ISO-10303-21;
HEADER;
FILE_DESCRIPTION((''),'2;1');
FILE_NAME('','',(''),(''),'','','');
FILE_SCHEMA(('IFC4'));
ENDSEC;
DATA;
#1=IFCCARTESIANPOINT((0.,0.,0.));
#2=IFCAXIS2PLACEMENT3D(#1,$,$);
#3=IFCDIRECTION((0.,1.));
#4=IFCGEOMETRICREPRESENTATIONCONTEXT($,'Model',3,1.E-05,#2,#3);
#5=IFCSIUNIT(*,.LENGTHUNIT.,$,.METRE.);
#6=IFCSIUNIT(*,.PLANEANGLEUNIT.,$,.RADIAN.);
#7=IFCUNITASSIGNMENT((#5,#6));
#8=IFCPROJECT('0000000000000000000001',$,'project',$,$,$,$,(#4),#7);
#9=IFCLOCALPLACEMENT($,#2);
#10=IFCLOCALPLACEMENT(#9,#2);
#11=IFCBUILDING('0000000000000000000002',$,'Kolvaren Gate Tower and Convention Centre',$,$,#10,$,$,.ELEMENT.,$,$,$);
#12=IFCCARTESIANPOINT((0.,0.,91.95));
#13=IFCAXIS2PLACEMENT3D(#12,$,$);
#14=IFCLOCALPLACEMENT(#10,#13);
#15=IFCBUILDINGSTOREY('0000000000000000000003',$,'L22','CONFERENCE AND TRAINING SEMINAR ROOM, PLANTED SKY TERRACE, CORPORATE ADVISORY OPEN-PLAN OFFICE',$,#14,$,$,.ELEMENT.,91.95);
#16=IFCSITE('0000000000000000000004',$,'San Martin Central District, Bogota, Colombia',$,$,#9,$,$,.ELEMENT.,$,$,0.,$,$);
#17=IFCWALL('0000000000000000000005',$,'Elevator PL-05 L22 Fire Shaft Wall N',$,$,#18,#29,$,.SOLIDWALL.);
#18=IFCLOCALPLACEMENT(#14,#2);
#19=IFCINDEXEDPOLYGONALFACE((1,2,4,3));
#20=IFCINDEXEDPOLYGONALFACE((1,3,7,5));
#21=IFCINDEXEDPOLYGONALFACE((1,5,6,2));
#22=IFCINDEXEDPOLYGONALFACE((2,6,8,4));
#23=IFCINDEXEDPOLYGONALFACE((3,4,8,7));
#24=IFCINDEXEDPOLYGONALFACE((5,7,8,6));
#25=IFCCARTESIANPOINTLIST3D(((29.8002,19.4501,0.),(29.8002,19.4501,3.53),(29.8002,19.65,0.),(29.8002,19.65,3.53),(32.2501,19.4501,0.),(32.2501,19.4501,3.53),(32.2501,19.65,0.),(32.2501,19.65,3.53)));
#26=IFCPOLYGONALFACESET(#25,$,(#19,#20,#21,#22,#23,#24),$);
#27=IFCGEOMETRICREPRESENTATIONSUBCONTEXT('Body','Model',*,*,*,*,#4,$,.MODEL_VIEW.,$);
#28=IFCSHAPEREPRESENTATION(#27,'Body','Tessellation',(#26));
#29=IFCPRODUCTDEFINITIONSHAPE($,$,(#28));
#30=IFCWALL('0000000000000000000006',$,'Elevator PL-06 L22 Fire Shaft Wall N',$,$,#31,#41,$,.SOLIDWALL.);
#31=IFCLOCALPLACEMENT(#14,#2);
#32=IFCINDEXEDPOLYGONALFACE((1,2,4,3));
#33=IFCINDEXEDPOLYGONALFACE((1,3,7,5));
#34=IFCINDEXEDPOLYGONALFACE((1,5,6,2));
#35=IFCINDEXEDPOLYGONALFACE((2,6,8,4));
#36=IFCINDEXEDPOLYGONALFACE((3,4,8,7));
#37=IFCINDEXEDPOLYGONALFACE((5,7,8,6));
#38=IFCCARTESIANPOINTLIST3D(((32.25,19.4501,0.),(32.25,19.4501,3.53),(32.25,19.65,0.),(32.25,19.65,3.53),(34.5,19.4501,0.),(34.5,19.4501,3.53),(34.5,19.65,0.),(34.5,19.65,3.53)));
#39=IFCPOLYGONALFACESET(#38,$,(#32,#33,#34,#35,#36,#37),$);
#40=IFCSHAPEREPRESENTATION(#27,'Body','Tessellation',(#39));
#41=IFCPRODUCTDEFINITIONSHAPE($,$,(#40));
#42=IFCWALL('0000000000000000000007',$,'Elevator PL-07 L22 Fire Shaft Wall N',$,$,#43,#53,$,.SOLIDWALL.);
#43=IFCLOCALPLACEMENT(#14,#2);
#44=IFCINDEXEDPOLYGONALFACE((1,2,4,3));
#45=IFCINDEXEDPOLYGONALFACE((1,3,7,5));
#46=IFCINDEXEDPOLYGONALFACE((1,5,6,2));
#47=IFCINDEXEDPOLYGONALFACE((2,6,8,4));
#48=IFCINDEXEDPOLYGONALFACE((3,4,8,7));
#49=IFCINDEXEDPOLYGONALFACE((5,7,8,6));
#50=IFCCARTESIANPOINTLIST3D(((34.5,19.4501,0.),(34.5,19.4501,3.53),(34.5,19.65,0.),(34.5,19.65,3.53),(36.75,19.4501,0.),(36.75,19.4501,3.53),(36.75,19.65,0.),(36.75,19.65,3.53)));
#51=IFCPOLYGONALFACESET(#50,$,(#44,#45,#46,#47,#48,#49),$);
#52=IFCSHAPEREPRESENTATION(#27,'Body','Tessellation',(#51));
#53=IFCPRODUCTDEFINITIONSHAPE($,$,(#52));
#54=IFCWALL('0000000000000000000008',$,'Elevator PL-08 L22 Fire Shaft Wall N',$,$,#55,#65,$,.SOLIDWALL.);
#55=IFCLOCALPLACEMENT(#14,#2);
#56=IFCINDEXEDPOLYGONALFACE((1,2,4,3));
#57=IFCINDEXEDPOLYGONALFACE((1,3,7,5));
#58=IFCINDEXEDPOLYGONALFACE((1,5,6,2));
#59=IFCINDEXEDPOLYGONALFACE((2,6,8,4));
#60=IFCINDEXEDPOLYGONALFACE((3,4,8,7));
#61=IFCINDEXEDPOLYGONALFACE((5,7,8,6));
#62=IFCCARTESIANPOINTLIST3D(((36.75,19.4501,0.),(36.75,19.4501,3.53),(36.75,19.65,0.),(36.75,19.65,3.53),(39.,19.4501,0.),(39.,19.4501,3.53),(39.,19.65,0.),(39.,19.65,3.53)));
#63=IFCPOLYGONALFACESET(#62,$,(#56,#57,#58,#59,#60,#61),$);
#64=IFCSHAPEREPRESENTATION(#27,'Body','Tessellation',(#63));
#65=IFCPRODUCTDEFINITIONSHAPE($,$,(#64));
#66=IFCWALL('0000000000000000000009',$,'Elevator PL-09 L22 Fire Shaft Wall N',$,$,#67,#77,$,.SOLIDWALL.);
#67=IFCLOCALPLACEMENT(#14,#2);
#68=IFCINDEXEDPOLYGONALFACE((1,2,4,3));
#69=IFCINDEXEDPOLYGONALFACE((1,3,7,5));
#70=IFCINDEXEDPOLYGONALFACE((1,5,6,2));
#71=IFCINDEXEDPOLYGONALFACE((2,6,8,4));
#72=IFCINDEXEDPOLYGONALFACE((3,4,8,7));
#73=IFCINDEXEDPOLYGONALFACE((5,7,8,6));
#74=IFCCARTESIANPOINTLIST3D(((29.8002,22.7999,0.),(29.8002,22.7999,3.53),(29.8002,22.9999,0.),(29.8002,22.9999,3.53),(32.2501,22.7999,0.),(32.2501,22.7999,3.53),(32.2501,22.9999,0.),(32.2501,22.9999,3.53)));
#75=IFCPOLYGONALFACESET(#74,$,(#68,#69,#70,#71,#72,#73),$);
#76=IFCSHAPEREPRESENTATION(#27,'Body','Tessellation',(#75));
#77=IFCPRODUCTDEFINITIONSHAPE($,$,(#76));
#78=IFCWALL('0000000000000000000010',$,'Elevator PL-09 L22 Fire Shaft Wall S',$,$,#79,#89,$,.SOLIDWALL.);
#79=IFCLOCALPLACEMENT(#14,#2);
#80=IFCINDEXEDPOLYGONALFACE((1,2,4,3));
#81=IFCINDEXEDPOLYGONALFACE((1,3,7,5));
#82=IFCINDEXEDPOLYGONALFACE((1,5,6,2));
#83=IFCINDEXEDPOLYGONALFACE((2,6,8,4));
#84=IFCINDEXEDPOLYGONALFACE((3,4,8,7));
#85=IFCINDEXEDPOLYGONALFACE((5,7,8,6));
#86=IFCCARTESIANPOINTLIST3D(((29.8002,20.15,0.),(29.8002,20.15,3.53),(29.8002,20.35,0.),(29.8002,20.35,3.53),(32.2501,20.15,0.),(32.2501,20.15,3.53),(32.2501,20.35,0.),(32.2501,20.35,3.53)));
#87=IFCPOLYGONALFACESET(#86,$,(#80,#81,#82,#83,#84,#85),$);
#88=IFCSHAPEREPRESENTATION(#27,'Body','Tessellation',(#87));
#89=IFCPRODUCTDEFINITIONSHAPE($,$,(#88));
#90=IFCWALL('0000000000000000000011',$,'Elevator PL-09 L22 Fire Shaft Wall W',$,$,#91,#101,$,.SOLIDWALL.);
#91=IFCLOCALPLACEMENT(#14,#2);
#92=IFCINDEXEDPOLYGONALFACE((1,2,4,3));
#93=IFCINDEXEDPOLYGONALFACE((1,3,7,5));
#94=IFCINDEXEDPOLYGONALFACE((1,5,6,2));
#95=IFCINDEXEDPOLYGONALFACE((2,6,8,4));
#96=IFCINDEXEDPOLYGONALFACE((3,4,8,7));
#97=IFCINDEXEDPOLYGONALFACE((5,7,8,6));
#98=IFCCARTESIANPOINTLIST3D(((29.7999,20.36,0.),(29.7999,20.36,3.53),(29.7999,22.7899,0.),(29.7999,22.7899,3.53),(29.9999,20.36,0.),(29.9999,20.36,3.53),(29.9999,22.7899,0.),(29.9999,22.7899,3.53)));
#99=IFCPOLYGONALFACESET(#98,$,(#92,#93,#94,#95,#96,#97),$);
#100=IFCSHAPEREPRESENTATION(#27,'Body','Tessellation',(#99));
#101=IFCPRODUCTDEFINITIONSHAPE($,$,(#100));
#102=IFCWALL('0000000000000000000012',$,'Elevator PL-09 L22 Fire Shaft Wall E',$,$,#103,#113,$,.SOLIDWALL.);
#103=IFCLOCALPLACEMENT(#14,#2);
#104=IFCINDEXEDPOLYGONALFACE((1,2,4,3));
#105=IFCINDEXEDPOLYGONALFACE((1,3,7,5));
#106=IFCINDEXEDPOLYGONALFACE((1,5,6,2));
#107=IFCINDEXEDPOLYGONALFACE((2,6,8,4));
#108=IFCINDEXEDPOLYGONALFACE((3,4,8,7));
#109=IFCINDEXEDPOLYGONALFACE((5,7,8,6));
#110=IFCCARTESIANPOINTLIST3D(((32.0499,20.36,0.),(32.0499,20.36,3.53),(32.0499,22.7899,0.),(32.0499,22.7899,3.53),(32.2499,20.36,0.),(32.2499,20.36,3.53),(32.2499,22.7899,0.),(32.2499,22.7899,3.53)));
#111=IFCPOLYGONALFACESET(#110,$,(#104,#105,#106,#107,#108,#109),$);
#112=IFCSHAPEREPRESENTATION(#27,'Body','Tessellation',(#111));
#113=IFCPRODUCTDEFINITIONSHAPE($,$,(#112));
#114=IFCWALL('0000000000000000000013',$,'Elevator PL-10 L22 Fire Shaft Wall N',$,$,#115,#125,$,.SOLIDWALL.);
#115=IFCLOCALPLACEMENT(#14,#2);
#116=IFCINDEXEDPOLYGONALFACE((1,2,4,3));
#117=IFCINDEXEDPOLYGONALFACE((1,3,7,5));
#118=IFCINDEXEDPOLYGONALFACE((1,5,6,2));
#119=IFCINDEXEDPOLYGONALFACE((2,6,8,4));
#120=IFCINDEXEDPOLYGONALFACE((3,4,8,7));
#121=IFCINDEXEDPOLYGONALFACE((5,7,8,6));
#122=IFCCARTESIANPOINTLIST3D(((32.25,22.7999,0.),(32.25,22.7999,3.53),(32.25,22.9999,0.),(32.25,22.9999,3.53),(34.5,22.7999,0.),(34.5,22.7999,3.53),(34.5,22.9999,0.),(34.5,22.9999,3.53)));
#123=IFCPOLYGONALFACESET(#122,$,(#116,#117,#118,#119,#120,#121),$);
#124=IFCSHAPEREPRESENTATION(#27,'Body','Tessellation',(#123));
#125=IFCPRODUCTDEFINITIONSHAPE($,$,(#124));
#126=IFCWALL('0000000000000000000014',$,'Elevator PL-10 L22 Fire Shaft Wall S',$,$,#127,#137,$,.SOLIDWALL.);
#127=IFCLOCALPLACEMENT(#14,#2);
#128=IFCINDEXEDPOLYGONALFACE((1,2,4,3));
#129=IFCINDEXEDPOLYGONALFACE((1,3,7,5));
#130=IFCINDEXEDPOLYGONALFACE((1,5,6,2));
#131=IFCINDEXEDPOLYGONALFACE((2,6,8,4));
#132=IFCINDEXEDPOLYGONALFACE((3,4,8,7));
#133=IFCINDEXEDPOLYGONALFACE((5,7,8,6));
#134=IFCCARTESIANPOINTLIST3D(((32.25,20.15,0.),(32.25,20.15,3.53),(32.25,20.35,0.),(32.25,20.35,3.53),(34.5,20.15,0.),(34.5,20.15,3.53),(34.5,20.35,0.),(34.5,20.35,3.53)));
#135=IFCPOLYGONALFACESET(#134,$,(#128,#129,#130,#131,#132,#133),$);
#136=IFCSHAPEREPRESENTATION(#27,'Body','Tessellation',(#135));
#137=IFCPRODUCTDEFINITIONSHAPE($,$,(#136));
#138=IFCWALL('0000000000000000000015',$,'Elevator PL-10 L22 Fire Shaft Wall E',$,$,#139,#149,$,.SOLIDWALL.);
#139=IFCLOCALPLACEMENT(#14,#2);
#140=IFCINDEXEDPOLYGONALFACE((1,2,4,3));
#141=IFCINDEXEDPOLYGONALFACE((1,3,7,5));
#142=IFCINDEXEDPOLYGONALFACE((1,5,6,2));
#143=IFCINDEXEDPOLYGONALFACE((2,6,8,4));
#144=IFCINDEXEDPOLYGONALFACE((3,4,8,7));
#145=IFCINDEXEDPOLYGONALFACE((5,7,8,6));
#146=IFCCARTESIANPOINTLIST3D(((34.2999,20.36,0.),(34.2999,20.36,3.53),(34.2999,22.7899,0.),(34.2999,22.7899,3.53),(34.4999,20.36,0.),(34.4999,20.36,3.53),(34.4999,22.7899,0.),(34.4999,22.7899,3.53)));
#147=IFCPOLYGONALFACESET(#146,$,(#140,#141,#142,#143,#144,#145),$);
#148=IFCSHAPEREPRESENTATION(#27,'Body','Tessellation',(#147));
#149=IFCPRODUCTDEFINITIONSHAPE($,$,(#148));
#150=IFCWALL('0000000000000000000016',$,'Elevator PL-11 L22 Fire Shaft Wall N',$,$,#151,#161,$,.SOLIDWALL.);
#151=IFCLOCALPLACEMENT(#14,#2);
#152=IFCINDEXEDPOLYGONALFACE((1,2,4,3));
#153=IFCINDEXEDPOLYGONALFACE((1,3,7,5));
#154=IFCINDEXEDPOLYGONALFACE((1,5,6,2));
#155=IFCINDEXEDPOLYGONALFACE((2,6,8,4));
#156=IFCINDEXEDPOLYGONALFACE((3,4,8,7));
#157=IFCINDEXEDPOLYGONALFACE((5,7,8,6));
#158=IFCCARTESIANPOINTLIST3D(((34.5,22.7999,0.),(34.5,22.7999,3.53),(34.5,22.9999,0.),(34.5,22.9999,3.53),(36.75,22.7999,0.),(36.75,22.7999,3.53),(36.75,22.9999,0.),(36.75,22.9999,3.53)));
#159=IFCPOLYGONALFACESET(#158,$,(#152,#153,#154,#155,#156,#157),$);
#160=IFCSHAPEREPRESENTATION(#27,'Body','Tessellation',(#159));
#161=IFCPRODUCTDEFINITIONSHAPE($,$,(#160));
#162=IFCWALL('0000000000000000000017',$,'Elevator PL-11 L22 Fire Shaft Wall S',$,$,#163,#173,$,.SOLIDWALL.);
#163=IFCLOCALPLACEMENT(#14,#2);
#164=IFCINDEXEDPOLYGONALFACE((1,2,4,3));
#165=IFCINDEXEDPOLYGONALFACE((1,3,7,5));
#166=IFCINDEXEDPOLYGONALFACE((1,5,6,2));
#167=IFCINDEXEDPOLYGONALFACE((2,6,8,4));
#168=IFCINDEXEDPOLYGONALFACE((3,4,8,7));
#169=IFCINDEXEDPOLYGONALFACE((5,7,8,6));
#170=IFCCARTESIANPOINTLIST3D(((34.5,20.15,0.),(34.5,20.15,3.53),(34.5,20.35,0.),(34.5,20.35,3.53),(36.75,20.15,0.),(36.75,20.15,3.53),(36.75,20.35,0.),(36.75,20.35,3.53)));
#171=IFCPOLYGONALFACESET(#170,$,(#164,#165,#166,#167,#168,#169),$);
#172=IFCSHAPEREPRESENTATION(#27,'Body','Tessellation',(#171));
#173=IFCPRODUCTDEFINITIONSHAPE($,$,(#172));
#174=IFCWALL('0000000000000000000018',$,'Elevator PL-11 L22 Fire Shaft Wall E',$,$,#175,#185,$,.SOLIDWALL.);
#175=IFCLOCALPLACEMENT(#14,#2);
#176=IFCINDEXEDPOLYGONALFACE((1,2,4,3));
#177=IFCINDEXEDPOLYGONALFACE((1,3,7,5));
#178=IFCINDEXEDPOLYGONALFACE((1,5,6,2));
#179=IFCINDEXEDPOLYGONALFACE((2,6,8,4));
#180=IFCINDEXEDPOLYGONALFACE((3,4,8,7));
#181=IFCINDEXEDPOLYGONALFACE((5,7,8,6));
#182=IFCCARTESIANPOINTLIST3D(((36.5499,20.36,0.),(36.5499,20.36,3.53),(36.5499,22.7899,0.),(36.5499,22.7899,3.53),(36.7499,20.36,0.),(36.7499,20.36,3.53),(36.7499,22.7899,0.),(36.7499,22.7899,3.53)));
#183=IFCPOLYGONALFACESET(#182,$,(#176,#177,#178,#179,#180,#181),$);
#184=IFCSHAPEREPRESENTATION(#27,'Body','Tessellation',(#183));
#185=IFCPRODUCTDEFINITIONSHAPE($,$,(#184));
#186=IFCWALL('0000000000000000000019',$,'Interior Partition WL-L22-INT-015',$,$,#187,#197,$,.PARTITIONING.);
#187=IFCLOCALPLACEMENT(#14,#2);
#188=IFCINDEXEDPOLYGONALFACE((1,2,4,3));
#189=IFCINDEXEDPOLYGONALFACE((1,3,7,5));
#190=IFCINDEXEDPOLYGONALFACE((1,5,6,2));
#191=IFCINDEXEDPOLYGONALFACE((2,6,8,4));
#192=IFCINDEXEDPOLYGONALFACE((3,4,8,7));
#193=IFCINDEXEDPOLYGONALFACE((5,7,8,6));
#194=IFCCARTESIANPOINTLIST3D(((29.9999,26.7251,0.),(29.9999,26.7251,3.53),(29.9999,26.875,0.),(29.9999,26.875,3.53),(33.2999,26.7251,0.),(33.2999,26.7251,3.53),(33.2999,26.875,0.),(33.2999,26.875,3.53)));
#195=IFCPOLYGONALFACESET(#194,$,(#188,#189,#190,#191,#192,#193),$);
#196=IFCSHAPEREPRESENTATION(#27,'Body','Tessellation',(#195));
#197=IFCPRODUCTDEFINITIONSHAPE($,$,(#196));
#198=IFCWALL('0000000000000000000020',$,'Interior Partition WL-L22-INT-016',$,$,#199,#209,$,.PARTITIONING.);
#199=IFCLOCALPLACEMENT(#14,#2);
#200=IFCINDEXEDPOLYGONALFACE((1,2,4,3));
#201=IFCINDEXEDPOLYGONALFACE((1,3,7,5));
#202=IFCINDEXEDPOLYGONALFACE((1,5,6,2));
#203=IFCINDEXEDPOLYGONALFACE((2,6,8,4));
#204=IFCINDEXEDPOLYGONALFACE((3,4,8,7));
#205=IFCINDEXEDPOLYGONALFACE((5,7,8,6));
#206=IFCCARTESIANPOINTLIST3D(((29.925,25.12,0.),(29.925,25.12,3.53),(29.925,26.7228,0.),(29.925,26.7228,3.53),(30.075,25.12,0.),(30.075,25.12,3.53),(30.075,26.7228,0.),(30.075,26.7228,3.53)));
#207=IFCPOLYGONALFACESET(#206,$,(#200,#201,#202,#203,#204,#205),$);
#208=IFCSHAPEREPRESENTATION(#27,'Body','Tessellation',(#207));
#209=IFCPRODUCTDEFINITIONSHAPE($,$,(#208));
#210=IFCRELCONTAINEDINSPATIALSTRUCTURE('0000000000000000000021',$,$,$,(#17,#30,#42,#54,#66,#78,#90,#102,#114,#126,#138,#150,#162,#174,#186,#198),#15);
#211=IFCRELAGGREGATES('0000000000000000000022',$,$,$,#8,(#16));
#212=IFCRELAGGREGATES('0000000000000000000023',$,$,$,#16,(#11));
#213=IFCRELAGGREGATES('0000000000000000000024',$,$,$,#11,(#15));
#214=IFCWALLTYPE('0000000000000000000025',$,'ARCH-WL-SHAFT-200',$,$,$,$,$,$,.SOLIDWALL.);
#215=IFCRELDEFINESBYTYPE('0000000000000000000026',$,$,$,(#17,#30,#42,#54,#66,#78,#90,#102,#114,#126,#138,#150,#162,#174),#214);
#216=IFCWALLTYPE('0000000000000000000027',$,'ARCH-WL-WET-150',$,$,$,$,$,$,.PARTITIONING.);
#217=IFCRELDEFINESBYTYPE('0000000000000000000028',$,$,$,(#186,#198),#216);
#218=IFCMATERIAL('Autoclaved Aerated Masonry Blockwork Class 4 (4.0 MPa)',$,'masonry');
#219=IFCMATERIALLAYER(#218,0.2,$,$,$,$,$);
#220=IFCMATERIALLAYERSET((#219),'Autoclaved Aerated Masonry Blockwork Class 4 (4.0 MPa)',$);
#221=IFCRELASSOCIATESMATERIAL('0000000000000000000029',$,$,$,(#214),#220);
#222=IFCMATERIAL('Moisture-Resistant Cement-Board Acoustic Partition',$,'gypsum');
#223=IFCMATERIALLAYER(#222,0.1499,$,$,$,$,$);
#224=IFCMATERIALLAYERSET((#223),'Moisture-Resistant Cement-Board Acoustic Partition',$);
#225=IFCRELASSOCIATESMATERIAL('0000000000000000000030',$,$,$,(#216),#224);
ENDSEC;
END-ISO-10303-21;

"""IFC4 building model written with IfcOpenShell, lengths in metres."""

from ifc_helpers import new_model, si_unit, direction, frame, frame_2d, origin, place, context, subcontext, project, spatial, rectangle, extrude, material, layer, layer_set, type_object, element, save


model = new_model("IFC4")

# Units and contexts
model_context = context("Model", 3, precision=1e-05, world=origin(), true_north=direction((0.0, 1.0)))
body_context = subcontext(model_context, "Body", "Model", "MODEL_VIEW")
ifc_project = project(units=[si_unit("LENGTHUNIT", "METRE"), si_unit("PLANEANGLEUNIT", "RADIAN")], contexts=[model_context])

# Site, building, storey
site_placement = place(None, origin())
site = spatial("IfcSite", under=ifc_project, at=site_placement, Name="San Martin Central District, Bogota, Colombia", CompositionType="ELEMENT", RefElevation=0.0)
building_placement = place(site_placement, origin())
building = spatial("IfcBuilding", under=site, at=building_placement, Name="Kolvaren Gate Tower and Convention Centre", CompositionType="ELEMENT")
storey_placement = place(building_placement, frame((0.0, 0.0, 91.95)))
storey = spatial("IfcBuildingStorey", under=building, at=storey_placement, Name="L22", Description="CONFERENCE AND TRAINING SEMINAR ROOM, PLANTED SKY TERRACE, CORPORATE ADVISORY OPEN-PLAN OFFICE", CompositionType="ELEMENT", Elevation=91.95)

# Walls
ifc_material_1 = material(Name="Autoclaved Aerated Masonry Blockwork Class 4 (4.0 MPa)", Category="masonry")
ifc_layer_1 = layer(ifc_material_1, 0.2)
ifc_layer_set_1 = layer_set([ifc_layer_1], Name="Autoclaved Aerated Masonry Blockwork Class 4 (4.0 MPa)")
wall_type_1 = type_object("IfcWallType", Name="ARCH-WL-SHAFT-200", PredefinedType="SOLIDWALL", material=ifc_layer_set_1)
wall_1_placement = place(storey_placement, frame((29.8, 19.55, 0.0), z_axis=(0.0, 0.0, 1.0), x_axis=(1.0, 0.0, 0.0)))
element("IfcWall", 1, at=wall_1_placement, inside=storey, type_object=wall_type_1, Name="Elevator PL-05 L22 Fire Shaft Wall N", PredefinedType="SOLIDWALL", context=body_context, shape_type="SweptSolid", body=[
    extrude(rectangle(XDim=2.45, YDim=0.2, at=frame_2d((1.2251, 0.0))), origin(), (0.0, 0.0, 1.0), 3.53),
])
for number, where, z_axis, x_axis, name in (
    (2, (32.25, 19.55, 0.0), (0.0, 0.0, 1.0), (1.0, 0.0, 0.0), "Elevator PL-06 L22 Fire Shaft Wall N"),
    (3, (34.5, 19.55, 0.0), (0.0, 0.0, 1.0), (1.0, 0.0, 0.0), "Elevator PL-07 L22 Fire Shaft Wall N"),
    (4, (36.75, 19.55, 0.0), (0.0, 0.0, 1.0), (1.0, 0.0, 0.0), "Elevator PL-08 L22 Fire Shaft Wall N"),
):
    element("IfcWall", number, at=place(storey_placement, frame(where, z_axis=z_axis, x_axis=x_axis)), inside=storey, type_object=wall_type_1, Name=name, PredefinedType="SOLIDWALL", context=body_context, shape_type="SweptSolid", body=[
        extrude(rectangle(XDim=2.25, YDim=0.2, at=frame_2d((1.125, 0.0))), origin(), (0.0, 0.0, 1.0), 3.53),
    ])
for number, where, z_axis, x_axis, name in (
    (5, (29.8, 22.8999, 0.0), (0.0, 0.0, 1.0), (1.0, 0.0, 0.0), "Elevator PL-09 L22 Fire Shaft Wall N"),
    (6, (29.8, 20.25, 0.0), (0.0, 0.0, 1.0), (1.0, 0.0, 0.0), "Elevator PL-09 L22 Fire Shaft Wall S"),
):
    element("IfcWall", number, at=place(storey_placement, frame(where, z_axis=z_axis, x_axis=x_axis)), inside=storey, type_object=wall_type_1, Name=name, PredefinedType="SOLIDWALL", context=body_context, shape_type="SweptSolid", body=[
        extrude(rectangle(XDim=2.45, YDim=0.2, at=frame_2d((1.2251, 0.0))), origin(), (0.0, 0.0, 1.0), 3.53),
    ])
for number, where, z_axis, x_axis, name in (
    (7, (29.8999, 20.3601, 0.0), (0.0, 0.0, 1.0), (0.0, 1.0, 0.0), "Elevator PL-09 L22 Fire Shaft Wall W"),
    (8, (32.1499, 20.3601, 0.0), (0.0, 0.0, 1.0), (0.0, 1.0, 0.0), "Elevator PL-09 L22 Fire Shaft Wall E"),
):
    element("IfcWall", number, at=place(storey_placement, frame(where, z_axis=z_axis, x_axis=x_axis)), inside=storey, type_object=wall_type_1, Name=name, PredefinedType="SOLIDWALL", context=body_context, shape_type="SweptSolid", body=[
        extrude(rectangle(XDim=2.4299, YDim=0.2, at=frame_2d((1.2148, 0.0))), origin(), (0.0, 0.0, 1.0), 3.53),
    ])
for number, where, z_axis, x_axis, name in (
    (9, (32.25, 22.8999, 0.0), (0.0, 0.0, 1.0), (1.0, 0.0, 0.0), "Elevator PL-10 L22 Fire Shaft Wall N"),
    (10, (32.25, 20.25, 0.0), (0.0, 0.0, 1.0), (1.0, 0.0, 0.0), "Elevator PL-10 L22 Fire Shaft Wall S"),
):
    element("IfcWall", number, at=place(storey_placement, frame(where, z_axis=z_axis, x_axis=x_axis)), inside=storey, type_object=wall_type_1, Name=name, PredefinedType="SOLIDWALL", context=body_context, shape_type="SweptSolid", body=[
        extrude(rectangle(XDim=2.25, YDim=0.2, at=frame_2d((1.125, 0.0))), origin(), (0.0, 0.0, 1.0), 3.53),
    ])
wall_2_placement = place(storey_placement, frame((34.3999, 20.3601, 0.0), z_axis=(0.0, 0.0, 1.0), x_axis=(0.0, 1.0, 0.0)))
element("IfcWall", 11, at=wall_2_placement, inside=storey, type_object=wall_type_1, Name="Elevator PL-10 L22 Fire Shaft Wall E", PredefinedType="SOLIDWALL", context=body_context, shape_type="SweptSolid", body=[
    extrude(rectangle(XDim=2.4299, YDim=0.2, at=frame_2d((1.2148, 0.0))), origin(), (0.0, 0.0, 1.0), 3.53),
])
for number, where, z_axis, x_axis, name in (
    (12, (34.5, 22.8999, 0.0), (0.0, 0.0, 1.0), (1.0, 0.0, 0.0), "Elevator PL-11 L22 Fire Shaft Wall N"),
    (13, (34.5, 20.25, 0.0), (0.0, 0.0, 1.0), (1.0, 0.0, 0.0), "Elevator PL-11 L22 Fire Shaft Wall S"),
):
    element("IfcWall", number, at=place(storey_placement, frame(where, z_axis=z_axis, x_axis=x_axis)), inside=storey, type_object=wall_type_1, Name=name, PredefinedType="SOLIDWALL", context=body_context, shape_type="SweptSolid", body=[
        extrude(rectangle(XDim=2.25, YDim=0.2, at=frame_2d((1.125, 0.0))), origin(), (0.0, 0.0, 1.0), 3.53),
    ])
wall_3_placement = place(storey_placement, frame((36.6499, 20.3601, 0.0), z_axis=(0.0, 0.0, 1.0), x_axis=(0.0, 1.0, 0.0)))
element("IfcWall", 14, at=wall_3_placement, inside=storey, type_object=wall_type_1, Name="Elevator PL-11 L22 Fire Shaft Wall E", PredefinedType="SOLIDWALL", context=body_context, shape_type="SweptSolid", body=[
    extrude(rectangle(XDim=2.4299, YDim=0.2, at=frame_2d((1.2148, 0.0))), origin(), (0.0, 0.0, 1.0), 3.53),
])
ifc_material_2 = material(Name="Moisture-Resistant Cement-Board Acoustic Partition", Category="gypsum")
ifc_layer_2 = layer(ifc_material_2, 0.1499)
ifc_layer_set_2 = layer_set([ifc_layer_2], Name="Moisture-Resistant Cement-Board Acoustic Partition")
wall_type_2 = type_object("IfcWallType", Name="ARCH-WL-WET-150", PredefinedType="PARTITIONING", material=ifc_layer_set_2)
wall_4_placement = place(storey_placement, frame((30.0, 26.8, 0.0), z_axis=(0.0, 0.0, 1.0), x_axis=(1.0, 0.0, 0.0)))
element("IfcWall", 15, at=wall_4_placement, inside=storey, type_object=wall_type_2, Name="Interior Partition WL-L22-INT-015", PredefinedType="PARTITIONING", context=body_context, shape_type="SweptSolid", body=[
    extrude(rectangle(XDim=3.3, YDim=0.1499, at=frame_2d((1.6499, 0.0))), origin(), (0.0, 0.0, 1.0), 3.53),
])
wall_5_placement = place(storey_placement, frame((30.0, 25.1201, 0.0), z_axis=(0.0, 0.0, 1.0), x_axis=(0.0, 1.0, 0.0)))
element("IfcWall", 16, at=wall_5_placement, inside=storey, type_object=wall_type_2, Name="Interior Partition WL-L22-INT-016", PredefinedType="PARTITIONING", context=body_context, shape_type="SweptSolid", body=[
    extrude(rectangle(XDim=1.6028, YDim=0.1499, at=frame_2d((0.8013, 0.0))), origin(), (0.0, 0.0, 1.0), 3.53),
])

save(model, "model.ifc")
